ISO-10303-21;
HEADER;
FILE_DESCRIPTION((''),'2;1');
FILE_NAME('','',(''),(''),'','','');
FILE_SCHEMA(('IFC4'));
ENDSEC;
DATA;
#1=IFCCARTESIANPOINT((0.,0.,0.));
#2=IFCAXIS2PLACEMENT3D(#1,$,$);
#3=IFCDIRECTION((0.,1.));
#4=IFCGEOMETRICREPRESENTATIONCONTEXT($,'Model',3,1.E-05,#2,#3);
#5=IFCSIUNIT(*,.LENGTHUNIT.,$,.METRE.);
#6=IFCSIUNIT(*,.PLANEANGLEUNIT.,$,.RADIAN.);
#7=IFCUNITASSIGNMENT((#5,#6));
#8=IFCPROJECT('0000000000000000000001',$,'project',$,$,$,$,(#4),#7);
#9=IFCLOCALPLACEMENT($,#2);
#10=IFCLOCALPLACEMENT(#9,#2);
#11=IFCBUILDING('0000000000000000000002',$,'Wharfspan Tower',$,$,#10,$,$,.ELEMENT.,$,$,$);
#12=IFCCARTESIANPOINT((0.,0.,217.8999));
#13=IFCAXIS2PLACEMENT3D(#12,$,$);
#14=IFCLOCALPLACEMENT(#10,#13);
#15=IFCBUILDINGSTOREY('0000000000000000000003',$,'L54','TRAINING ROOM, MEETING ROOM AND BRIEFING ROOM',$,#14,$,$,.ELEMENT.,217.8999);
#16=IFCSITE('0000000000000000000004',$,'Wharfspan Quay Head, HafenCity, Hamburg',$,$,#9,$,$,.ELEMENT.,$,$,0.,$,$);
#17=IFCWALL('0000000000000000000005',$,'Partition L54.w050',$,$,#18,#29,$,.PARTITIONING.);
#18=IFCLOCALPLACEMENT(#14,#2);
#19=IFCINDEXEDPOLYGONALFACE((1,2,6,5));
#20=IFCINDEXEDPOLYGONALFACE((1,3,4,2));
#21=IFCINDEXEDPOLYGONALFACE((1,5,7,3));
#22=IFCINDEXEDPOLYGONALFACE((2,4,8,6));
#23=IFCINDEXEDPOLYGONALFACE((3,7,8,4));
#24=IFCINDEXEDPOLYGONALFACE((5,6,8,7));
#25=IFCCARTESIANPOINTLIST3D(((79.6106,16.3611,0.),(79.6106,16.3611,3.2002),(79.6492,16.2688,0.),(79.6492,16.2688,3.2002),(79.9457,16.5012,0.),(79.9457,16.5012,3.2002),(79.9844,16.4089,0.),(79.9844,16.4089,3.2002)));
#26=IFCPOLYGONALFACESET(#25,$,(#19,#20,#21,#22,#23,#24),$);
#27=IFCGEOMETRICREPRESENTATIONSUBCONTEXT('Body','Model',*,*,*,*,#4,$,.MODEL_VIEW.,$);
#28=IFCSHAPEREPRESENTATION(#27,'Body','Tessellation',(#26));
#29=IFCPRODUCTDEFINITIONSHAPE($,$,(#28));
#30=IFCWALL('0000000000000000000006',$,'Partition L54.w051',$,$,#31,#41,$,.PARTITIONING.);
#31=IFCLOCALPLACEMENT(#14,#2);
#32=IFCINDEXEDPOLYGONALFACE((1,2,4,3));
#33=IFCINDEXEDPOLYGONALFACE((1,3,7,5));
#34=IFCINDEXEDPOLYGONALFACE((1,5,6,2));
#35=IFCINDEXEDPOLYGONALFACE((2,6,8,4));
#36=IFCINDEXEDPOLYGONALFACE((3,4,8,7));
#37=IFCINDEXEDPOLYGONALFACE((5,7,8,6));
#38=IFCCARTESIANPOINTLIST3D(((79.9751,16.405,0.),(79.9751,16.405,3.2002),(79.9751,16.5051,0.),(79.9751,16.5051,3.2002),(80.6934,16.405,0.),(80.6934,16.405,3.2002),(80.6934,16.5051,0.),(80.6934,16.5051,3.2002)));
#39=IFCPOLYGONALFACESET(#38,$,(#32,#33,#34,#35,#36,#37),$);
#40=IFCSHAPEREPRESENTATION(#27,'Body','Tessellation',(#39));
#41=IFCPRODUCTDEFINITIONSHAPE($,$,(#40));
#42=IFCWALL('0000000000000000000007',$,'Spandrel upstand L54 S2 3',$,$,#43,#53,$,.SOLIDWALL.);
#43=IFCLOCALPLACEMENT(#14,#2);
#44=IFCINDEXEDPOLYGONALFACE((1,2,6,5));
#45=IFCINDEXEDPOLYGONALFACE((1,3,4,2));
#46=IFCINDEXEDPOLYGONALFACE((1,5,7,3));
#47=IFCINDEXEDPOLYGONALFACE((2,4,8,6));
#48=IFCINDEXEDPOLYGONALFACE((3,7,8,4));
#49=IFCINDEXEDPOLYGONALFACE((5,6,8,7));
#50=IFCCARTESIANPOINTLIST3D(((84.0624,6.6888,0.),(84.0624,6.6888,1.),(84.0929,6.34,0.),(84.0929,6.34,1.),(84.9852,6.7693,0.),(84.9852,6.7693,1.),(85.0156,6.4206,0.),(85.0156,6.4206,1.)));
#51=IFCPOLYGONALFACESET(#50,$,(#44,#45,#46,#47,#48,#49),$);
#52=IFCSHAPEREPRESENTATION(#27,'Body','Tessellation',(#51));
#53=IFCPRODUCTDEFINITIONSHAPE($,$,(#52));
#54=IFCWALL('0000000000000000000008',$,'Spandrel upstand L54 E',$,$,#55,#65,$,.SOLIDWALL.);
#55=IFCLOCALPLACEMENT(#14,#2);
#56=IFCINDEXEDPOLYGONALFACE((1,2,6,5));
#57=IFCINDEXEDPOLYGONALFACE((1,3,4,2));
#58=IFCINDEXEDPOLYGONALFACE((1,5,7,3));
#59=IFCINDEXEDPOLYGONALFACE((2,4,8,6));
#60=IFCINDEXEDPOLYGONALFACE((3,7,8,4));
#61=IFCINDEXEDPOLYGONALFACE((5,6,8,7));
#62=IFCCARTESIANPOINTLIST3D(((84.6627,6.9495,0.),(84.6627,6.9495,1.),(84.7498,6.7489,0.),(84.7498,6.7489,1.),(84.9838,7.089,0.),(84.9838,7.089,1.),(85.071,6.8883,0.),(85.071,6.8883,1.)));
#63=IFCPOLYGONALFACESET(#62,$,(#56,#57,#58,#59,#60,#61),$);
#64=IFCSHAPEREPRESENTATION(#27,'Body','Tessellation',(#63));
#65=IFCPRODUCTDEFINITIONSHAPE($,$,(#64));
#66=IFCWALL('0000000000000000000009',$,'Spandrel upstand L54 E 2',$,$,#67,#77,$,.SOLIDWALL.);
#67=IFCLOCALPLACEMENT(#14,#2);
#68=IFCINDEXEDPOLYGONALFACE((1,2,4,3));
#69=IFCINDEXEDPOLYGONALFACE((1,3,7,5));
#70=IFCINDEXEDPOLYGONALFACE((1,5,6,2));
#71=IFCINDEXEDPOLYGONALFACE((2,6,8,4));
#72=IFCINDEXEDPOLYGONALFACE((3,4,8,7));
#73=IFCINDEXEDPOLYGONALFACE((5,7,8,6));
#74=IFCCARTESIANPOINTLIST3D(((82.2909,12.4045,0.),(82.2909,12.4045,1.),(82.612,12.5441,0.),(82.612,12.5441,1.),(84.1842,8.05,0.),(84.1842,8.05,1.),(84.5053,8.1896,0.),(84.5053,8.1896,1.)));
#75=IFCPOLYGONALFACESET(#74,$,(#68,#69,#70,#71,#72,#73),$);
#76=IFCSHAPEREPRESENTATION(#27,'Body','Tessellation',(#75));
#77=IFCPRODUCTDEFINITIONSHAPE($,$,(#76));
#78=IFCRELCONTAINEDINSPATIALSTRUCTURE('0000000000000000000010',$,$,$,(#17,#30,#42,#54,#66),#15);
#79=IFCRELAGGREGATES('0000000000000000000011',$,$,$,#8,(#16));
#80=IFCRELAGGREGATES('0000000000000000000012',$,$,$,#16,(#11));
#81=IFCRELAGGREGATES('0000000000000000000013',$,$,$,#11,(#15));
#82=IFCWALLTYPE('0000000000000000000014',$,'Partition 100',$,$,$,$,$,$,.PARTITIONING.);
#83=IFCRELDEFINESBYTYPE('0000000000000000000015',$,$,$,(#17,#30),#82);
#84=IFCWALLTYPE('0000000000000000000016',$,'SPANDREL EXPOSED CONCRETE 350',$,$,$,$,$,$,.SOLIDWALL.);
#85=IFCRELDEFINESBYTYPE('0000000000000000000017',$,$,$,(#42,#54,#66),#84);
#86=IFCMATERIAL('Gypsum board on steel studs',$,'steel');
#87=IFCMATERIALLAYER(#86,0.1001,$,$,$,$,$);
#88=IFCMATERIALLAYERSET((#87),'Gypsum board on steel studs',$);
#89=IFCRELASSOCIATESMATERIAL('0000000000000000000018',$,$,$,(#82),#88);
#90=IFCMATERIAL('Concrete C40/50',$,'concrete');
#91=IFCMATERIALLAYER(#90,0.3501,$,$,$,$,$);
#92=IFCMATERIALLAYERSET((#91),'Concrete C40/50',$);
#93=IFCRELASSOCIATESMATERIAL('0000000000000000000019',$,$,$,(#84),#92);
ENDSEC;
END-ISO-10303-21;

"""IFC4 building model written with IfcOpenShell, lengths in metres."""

from ifc_helpers import new_model, si_unit, direction, frame, frame_2d, origin, place, context, subcontext, project, spatial, rectangle, extrude, material, layer, layer_set, type_object, element, save


model = new_model("IFC4")

# Units and contexts
model_context = context("Model", 3, precision=1e-05, world=origin(), true_north=direction((0.0, 1.0)))
body_context = subcontext(model_context, "Body", "Model", "MODEL_VIEW")
ifc_project = project(units=[si_unit("LENGTHUNIT", "METRE"), si_unit("PLANEANGLEUNIT", "RADIAN")], contexts=[model_context])

# Site, building, storey
site_placement = place(None, origin())
site = spatial("IfcSite", under=ifc_project, at=site_placement, Name="Wharfspan Quay Head, HafenCity, Hamburg", CompositionType="ELEMENT", RefElevation=0.0)
building_placement = place(site_placement, origin())
building = spatial("IfcBuilding", under=site, at=building_placement, Name="Wharfspan Tower", CompositionType="ELEMENT")
storey_placement = place(building_placement, frame((0.0, 0.0, 217.8999)))
storey = spatial("IfcBuildingStorey", under=building, at=storey_placement, Name="L54", Description="TRAINING ROOM, MEETING ROOM AND BRIEFING ROOM", CompositionType="ELEMENT", Elevation=217.8999)

# Walls
ifc_material_1 = material(Name="Gypsum board on steel studs", Category="steel")
ifc_layer_1 = layer(ifc_material_1, 0.1001)
ifc_layer_set_1 = layer_set([ifc_layer_1], Name="Gypsum board on steel studs")
wall_type_1 = type_object("IfcWallType", Name="Partition 100", PredefinedType="PARTITIONING", material=ifc_layer_set_1)
wall_1_placement = place(storey_placement, frame((79.6299, 16.3149, 0.0), z_axis=(0.0, 0.0, 1.0), x_axis=(0.92262, 0.385713, 0.0)))
element("IfcWall", 1, at=wall_1_placement, inside=storey, type_object=wall_type_1, Name="Partition L54.w050", PredefinedType="PARTITIONING", context=body_context, shape_type="SweptSolid", body=[
    extrude(rectangle(XDim=0.3633, YDim=0.1001, at=frame_2d((0.1816, 0.0))), origin(), (0.0, 0.0, 1.0), 3.2002),
])
wall_2_placement = place(storey_placement, frame((79.9751, 16.4551, 0.0), z_axis=(0.0, 0.0, 1.0), x_axis=(1.0, 0.0, 0.0)))
element("IfcWall", 2, at=wall_2_placement, inside=storey, type_object=wall_type_1, Name="Partition L54.w051", PredefinedType="PARTITIONING", context=body_context, shape_type="SweptSolid", body=[
    extrude(rectangle(XDim=0.7183, YDim=0.1001, at=frame_2d((0.3591, 0.0))), origin(), (0.0, 0.0, 1.0), 3.2002),
])
ifc_material_2 = material(Name="Concrete C40/50", Category="concrete")
ifc_layer_2 = layer(ifc_material_2, 0.3501)
ifc_layer_set_2 = layer_set([ifc_layer_2], Name="Concrete C40/50")
wall_type_2 = type_object("IfcWallType", Name="SPANDREL EXPOSED CONCRETE 350", PredefinedType="SOLIDWALL", material=ifc_layer_set_2)
wall_3_placement = place(storey_placement, frame((84.0776, 6.5144, 0.0), z_axis=(0.0, 0.0, 1.0), x_axis=(0.996213, 0.086971, 0.0)))
element("IfcWall", 3, at=wall_3_placement, inside=storey, type_object=wall_type_2, Name="Spandrel upstand L54 S2 3", PredefinedType="SOLIDWALL", context=body_context, shape_type="SweptSolid", body=[
    extrude(rectangle(XDim=0.9263, YDim=0.3501, at=frame_2d((0.4631, 0.0))), origin(), (0.0, 0.0, 1.0), 1.0),
])
wall_4_placement = place(storey_placement, frame((84.9104, 6.8186, 0.0), z_axis=(0.0, 0.0, 1.0), x_axis=(-0.398359, 0.91723, 0.0)))
element("IfcWall", 4, at=wall_4_placement, inside=storey, type_object=wall_type_2, Name="Spandrel upstand L54 E", PredefinedType="SOLIDWALL", context=body_context, shape_type="SweptSolid", body=[
    extrude(rectangle(XDim=0.2188, YDim=0.3501, at=frame_2d((0.1094, 0.0))), origin(), (0.0, 0.0, 1.0), 1.0),
])
wall_5_placement = place(storey_placement, frame((84.3447, 8.1199, 0.0), z_axis=(0.0, 0.0, 1.0), x_axis=(-0.398736, 0.917067, 0.0)))
element("IfcWall", 5, at=wall_5_placement, inside=storey, type_object=wall_type_2, Name="Spandrel upstand L54 E 2", PredefinedType="SOLIDWALL", context=body_context, shape_type="SweptSolid", body=[
    extrude(rectangle(XDim=4.7483, YDim=0.3501, at=frame_2d((2.374, 0.0))), origin(), (0.0, 0.0, 1.0), 1.0),
])

save(model, "model.ifc")
